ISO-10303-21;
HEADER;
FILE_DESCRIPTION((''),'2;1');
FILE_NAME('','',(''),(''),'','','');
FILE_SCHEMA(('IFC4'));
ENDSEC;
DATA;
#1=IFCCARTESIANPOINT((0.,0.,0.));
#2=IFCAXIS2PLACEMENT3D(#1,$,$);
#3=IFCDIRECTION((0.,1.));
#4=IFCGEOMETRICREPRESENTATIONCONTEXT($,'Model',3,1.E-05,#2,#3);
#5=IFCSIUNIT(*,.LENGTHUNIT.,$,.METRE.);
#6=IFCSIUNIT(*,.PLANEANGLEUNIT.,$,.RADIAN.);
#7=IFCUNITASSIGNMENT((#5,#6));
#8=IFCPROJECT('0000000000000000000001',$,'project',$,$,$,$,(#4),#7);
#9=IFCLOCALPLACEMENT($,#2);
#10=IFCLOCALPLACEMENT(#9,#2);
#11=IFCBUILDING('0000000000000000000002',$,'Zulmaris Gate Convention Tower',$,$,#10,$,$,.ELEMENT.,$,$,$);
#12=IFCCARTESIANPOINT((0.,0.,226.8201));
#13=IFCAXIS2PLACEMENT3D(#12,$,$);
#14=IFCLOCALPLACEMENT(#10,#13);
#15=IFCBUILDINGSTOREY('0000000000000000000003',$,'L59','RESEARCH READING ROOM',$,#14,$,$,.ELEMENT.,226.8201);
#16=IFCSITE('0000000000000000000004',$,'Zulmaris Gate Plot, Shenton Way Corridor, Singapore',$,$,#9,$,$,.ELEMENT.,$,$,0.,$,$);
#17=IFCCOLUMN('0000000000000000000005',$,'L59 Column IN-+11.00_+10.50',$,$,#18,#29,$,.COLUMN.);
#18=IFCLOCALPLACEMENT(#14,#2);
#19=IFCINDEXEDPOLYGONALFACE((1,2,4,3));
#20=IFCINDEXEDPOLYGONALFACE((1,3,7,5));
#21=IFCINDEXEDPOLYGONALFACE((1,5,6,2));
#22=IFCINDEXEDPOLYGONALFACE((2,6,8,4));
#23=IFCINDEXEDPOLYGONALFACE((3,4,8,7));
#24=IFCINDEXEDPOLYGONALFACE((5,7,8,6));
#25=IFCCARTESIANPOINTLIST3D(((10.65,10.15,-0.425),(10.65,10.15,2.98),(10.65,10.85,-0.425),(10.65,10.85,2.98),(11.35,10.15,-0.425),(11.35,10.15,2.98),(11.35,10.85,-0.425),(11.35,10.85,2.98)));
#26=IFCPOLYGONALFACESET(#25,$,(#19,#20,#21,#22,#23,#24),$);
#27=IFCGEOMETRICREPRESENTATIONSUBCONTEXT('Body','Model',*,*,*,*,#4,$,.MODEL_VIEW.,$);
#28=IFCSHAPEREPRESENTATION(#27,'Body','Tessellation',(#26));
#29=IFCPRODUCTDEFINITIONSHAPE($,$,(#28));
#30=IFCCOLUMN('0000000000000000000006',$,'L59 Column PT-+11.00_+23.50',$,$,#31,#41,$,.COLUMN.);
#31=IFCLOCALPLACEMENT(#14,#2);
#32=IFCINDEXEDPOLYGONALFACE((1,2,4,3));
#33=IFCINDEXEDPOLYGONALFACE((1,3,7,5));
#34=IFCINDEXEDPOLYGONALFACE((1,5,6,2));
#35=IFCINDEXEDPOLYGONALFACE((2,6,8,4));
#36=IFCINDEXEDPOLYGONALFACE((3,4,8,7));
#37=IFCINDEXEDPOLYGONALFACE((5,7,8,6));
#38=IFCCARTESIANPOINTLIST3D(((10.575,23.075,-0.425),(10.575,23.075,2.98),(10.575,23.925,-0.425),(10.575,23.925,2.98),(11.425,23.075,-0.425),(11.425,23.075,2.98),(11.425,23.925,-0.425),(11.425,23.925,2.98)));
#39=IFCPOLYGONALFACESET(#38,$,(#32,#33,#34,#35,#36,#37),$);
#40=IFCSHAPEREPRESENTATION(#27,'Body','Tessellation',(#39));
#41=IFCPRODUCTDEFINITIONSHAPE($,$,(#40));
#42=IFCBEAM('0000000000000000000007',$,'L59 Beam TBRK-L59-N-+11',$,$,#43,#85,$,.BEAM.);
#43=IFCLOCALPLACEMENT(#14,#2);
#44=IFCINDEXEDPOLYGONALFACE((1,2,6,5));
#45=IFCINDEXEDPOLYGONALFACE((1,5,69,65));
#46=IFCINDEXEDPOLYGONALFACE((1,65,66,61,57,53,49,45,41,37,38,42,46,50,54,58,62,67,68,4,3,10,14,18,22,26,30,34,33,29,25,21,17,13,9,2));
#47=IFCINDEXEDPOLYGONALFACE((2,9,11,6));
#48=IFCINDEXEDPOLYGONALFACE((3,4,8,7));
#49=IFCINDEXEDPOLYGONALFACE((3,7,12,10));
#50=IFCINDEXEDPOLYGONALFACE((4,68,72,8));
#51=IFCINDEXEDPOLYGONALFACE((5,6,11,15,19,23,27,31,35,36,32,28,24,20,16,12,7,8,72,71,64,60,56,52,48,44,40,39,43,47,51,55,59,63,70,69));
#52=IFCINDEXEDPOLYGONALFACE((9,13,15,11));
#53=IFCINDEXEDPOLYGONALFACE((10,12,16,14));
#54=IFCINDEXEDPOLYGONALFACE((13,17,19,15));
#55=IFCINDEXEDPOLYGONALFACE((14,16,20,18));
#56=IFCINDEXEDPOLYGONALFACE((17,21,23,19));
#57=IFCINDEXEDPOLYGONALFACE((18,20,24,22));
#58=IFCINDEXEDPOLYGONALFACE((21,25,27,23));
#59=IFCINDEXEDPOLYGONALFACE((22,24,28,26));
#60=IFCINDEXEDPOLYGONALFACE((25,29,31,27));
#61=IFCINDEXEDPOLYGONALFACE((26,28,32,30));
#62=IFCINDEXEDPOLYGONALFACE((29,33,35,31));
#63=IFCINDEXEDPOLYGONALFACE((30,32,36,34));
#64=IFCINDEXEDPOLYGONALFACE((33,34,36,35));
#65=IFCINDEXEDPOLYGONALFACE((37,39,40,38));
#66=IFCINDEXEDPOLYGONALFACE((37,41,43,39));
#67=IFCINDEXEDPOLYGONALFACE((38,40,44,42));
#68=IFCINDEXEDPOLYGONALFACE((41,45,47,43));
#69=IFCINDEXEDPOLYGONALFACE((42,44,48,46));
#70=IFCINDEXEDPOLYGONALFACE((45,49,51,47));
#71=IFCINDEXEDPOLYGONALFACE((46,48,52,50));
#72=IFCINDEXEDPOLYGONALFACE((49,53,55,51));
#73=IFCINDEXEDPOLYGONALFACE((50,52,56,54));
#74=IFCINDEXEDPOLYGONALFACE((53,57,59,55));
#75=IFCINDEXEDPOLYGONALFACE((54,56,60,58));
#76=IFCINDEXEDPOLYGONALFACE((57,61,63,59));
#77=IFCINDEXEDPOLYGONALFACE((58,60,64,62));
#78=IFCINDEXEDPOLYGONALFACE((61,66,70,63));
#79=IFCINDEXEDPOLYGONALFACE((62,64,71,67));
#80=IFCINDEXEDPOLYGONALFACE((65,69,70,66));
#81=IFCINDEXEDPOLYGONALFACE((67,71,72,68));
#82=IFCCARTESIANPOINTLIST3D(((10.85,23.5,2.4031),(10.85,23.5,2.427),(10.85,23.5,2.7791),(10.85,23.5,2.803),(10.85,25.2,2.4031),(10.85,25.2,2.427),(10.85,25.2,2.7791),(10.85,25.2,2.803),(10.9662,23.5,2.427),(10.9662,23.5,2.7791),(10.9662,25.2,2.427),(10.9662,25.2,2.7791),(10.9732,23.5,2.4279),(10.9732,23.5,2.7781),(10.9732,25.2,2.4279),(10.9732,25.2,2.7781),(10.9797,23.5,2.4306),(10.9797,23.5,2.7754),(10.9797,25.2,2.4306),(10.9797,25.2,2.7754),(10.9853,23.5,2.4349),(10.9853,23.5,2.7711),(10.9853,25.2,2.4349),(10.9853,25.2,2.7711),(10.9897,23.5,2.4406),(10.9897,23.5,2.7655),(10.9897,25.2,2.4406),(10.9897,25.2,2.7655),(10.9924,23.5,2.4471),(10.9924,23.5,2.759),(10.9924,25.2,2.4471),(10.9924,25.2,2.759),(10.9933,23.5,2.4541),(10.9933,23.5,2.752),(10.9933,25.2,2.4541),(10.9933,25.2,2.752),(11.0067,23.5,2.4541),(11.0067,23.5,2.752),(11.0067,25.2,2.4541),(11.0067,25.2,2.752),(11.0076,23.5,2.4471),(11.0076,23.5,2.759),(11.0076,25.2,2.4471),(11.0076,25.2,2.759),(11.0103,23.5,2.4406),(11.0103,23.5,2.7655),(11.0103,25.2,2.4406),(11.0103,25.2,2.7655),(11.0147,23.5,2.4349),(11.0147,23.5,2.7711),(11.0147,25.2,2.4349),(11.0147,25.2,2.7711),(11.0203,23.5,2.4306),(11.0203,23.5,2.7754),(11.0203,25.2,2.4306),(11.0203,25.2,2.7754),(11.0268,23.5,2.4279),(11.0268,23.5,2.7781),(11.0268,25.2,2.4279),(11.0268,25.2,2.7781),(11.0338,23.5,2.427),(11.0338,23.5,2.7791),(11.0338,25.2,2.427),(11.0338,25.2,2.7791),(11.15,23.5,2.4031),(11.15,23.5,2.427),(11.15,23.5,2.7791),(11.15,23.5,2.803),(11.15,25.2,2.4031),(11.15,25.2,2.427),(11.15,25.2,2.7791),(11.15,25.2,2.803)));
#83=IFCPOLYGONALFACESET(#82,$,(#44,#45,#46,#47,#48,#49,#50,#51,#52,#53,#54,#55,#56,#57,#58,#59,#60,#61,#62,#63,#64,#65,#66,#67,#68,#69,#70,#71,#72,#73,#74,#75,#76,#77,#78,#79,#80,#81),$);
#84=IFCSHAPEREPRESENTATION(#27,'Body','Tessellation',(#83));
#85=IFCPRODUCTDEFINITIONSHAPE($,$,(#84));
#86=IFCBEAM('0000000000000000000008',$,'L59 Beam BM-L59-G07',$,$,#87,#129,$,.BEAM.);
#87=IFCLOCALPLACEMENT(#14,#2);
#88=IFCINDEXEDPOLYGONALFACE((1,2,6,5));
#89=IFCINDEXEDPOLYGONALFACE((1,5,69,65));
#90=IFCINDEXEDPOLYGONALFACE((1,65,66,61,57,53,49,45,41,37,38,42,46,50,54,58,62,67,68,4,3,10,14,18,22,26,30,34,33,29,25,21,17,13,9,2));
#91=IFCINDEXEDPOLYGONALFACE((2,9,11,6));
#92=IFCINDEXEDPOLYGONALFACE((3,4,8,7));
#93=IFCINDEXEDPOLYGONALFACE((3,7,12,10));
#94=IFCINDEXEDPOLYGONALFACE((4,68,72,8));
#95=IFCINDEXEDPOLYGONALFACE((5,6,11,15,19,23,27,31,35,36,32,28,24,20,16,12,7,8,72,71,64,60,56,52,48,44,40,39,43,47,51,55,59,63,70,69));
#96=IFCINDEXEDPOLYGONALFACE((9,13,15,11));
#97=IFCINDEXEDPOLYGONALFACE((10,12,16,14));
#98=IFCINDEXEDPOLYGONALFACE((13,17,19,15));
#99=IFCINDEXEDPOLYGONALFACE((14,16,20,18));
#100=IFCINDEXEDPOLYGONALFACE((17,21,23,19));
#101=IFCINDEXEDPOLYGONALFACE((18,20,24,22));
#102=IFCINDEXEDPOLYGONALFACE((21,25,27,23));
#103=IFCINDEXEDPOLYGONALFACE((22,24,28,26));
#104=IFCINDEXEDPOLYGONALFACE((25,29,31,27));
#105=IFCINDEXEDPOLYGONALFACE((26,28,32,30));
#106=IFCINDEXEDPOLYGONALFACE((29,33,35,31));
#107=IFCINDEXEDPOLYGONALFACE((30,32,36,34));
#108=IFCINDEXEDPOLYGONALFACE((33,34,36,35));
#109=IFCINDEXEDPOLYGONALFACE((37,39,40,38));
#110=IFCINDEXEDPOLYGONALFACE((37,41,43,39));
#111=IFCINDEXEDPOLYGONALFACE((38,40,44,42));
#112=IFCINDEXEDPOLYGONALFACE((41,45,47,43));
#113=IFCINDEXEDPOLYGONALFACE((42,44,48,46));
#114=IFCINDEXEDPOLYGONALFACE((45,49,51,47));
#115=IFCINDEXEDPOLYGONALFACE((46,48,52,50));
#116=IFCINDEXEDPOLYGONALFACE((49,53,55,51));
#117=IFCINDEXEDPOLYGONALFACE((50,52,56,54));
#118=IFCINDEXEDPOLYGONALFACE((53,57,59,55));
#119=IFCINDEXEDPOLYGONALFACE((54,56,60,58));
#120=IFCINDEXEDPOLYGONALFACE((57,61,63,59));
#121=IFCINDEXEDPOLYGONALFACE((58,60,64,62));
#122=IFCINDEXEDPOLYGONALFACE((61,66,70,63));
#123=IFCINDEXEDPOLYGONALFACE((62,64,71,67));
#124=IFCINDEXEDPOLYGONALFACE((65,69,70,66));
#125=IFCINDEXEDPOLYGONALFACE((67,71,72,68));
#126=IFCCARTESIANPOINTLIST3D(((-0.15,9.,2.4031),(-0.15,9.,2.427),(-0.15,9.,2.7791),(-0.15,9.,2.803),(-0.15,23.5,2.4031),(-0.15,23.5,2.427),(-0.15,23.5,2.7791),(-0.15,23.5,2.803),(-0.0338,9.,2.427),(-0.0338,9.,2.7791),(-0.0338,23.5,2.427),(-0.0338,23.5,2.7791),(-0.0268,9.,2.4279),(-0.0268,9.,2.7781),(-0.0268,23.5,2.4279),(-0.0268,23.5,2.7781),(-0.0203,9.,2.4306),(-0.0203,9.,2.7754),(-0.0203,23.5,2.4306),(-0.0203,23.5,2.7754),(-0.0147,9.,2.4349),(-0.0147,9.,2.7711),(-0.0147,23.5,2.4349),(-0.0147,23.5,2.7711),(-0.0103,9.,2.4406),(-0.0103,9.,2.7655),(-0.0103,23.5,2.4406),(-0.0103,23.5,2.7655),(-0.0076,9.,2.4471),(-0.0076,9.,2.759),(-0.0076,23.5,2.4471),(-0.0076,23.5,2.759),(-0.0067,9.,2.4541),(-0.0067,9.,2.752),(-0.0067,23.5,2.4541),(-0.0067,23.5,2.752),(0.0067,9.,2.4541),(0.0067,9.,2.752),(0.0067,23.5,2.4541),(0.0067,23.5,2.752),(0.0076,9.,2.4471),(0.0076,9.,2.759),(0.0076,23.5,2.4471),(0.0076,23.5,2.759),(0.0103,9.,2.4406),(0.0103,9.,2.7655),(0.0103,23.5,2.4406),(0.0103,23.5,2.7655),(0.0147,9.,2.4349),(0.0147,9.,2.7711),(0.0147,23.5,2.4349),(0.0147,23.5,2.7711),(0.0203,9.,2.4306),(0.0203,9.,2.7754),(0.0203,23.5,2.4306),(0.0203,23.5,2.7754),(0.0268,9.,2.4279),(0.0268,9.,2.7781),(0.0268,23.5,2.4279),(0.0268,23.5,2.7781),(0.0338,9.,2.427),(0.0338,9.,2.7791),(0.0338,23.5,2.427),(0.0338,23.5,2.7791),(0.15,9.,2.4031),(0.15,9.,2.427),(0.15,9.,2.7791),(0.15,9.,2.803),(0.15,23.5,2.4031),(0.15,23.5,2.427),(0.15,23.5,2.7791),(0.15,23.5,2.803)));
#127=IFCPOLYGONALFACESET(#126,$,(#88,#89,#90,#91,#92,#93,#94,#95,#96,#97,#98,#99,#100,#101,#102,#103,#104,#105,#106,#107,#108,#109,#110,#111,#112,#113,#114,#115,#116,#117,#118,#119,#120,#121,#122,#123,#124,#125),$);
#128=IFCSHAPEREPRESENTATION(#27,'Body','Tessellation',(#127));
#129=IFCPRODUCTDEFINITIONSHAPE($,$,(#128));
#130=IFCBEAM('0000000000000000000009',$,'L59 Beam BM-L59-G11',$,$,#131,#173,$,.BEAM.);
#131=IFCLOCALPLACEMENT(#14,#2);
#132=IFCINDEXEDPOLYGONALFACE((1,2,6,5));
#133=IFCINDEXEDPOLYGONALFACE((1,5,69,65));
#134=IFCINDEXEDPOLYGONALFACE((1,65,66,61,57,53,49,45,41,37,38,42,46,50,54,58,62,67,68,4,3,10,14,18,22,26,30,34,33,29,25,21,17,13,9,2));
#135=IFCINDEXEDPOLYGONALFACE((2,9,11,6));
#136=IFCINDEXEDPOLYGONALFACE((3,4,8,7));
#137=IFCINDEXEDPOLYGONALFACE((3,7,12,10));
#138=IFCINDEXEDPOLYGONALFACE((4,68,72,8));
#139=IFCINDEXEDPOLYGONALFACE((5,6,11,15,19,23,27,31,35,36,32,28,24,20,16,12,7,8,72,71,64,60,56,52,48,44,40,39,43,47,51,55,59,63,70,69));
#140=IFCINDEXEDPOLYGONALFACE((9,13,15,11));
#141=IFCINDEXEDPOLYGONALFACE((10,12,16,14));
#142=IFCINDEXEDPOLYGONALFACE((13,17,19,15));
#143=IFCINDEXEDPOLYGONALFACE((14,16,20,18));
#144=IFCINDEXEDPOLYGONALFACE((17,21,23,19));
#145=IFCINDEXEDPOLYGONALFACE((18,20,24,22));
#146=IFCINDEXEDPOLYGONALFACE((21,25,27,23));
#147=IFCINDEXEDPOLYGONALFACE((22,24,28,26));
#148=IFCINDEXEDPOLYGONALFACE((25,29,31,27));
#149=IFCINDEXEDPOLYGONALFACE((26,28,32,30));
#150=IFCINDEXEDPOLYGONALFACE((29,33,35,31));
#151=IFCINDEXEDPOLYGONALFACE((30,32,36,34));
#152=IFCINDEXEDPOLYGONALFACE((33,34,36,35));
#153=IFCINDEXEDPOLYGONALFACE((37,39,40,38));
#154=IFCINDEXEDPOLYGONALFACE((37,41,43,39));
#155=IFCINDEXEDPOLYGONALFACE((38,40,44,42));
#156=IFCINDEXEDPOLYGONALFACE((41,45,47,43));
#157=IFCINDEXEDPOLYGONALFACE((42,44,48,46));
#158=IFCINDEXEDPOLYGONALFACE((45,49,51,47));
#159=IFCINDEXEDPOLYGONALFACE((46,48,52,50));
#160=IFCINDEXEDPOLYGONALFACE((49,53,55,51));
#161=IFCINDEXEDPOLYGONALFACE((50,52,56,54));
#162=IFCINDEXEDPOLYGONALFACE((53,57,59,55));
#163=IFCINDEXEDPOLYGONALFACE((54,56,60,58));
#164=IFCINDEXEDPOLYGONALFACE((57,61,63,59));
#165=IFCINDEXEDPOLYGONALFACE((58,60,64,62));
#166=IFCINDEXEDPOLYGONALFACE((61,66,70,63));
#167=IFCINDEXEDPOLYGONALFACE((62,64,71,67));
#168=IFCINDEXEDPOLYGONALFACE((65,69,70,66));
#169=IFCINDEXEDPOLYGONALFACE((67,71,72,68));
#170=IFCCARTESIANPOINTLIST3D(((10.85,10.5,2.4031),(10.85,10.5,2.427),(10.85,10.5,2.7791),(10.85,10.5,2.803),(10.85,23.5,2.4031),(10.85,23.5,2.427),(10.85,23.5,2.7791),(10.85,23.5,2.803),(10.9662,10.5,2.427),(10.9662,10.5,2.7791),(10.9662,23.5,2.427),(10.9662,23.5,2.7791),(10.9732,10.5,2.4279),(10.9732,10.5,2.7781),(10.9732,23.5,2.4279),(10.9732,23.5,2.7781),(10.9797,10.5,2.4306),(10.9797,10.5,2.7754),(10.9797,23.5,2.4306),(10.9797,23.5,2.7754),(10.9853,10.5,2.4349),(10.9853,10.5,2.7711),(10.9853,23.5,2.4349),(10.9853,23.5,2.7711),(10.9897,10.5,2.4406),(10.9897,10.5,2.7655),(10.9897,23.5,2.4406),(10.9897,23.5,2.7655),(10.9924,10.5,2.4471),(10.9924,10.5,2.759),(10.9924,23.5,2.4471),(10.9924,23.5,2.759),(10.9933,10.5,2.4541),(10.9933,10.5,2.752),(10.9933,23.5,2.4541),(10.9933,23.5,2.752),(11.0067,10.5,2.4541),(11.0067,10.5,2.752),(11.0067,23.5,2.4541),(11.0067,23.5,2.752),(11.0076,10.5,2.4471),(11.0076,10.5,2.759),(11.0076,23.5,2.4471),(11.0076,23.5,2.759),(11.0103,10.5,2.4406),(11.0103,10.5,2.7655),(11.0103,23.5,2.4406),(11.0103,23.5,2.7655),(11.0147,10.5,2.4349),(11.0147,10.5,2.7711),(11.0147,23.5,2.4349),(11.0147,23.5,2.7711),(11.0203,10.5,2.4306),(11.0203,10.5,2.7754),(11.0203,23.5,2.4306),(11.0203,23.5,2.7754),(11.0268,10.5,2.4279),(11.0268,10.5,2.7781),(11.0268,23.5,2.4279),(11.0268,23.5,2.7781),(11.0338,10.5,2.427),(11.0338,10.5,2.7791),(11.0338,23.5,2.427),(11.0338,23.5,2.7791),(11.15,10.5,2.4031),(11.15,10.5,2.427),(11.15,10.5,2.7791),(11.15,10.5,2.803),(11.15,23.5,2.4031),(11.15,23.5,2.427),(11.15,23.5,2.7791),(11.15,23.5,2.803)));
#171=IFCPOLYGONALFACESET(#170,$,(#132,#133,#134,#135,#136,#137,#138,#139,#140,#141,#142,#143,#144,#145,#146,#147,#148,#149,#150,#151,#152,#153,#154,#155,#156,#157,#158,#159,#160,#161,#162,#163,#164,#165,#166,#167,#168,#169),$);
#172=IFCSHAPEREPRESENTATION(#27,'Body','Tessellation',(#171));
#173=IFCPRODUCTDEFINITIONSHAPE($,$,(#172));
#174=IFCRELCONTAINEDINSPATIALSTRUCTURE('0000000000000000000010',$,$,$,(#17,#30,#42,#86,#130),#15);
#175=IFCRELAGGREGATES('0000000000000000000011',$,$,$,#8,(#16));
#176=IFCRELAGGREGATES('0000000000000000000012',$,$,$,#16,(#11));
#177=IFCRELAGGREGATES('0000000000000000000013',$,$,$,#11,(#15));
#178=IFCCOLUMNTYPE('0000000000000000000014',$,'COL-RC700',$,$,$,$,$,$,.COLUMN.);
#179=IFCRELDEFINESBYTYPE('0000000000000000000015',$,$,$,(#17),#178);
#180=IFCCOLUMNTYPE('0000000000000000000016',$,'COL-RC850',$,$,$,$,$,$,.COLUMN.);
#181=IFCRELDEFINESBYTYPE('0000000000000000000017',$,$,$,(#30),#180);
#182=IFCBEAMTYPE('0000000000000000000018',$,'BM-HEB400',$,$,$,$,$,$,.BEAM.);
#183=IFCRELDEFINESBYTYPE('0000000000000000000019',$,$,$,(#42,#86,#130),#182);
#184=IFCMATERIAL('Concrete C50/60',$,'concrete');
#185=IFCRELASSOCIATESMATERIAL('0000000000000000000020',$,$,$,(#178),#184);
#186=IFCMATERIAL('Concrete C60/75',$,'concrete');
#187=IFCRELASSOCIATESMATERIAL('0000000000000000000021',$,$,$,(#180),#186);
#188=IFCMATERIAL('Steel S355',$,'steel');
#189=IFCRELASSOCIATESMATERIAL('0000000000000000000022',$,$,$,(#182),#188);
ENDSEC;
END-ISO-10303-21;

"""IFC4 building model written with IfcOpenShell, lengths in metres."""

from ifc_helpers import new_model, si_unit, direction, frame, origin, origin_2d, place, context, subcontext, project, spatial, rectangle, i_section, extrude, material, material_profile, profile_set, type_object, element, save


model = new_model("IFC4")

# Units and contexts
model_context = context("Model", 3, precision=1e-05, world=origin(), true_north=direction((0.0, 1.0)))
body_context = subcontext(model_context, "Body", "Model", "MODEL_VIEW")
ifc_project = project(units=[si_unit("LENGTHUNIT", "METRE"), si_unit("PLANEANGLEUNIT", "RADIAN")], contexts=[model_context])

# Site, building, storey
site_placement = place(None, origin())
site = spatial("IfcSite", under=ifc_project, at=site_placement, Name="Zulmaris Gate Plot, Shenton Way Corridor, Singapore", CompositionType="ELEMENT", RefElevation=0.0)
building_placement = place(site_placement, origin())
building = spatial("IfcBuilding", under=site, at=building_placement, Name="Zulmaris Gate Convention Tower", CompositionType="ELEMENT")
storey_placement = place(building_placement, frame((0.0, 0.0, 226.8201)))
storey = spatial("IfcBuildingStorey", under=building, at=storey_placement, Name="L59", Description="RESEARCH READING ROOM", CompositionType="ELEMENT", Elevation=226.8201)

# Columns
ifc_material_1 = material(Name="Concrete C50/60", Category="concrete")
ifc_material_profile_1 = material_profile(ifc_material_1, rectangle(XDim=0.7, YDim=0.7, at=origin_2d()), Name="RC COL 700x700")
ifc_profile_set_1 = profile_set([ifc_material_profile_1], Name="Concrete C50/60")
column_type_1 = type_object("IfcColumnType", Name="COL-RC700", PredefinedType="COLUMN", material=ifc_profile_set_1)
column_1_placement = place(storey_placement, frame((11.0, 10.5, -0.425), z_axis=(0.0, 0.0, 1.0), x_axis=(1.0, 0.0, 0.0)))
element("IfcColumn", 1, at=column_1_placement, inside=storey, type_object=column_type_1, Name="L59 Column IN-+11.00_+10.50", PredefinedType="COLUMN", context=body_context, shape_type="SweptSolid", body=[
    extrude(rectangle(XDim=0.7, YDim=0.7, at=origin_2d()), origin(), (0.0, 0.0, 1.0), 3.405),
])
ifc_material_2 = material(Name="Concrete C60/75", Category="concrete")
ifc_material_profile_2 = material_profile(ifc_material_2, rectangle(XDim=0.8501, YDim=0.8501, at=origin_2d()), Name="RC COL 850x850")
ifc_profile_set_2 = profile_set([ifc_material_profile_2], Name="Concrete C60/75")
column_type_2 = type_object("IfcColumnType", Name="COL-RC850", PredefinedType="COLUMN", material=ifc_profile_set_2)
column_2_placement = place(storey_placement, frame((11.0, 23.5, -0.425), z_axis=(0.0, 0.0, 1.0), x_axis=(1.0, 0.0, 0.0)))
element("IfcColumn", 2, at=column_2_placement, inside=storey, type_object=column_type_2, Name="L59 Column PT-+11.00_+23.50", PredefinedType="COLUMN", context=body_context, shape_type="SweptSolid", body=[
    extrude(rectangle(XDim=0.8501, YDim=0.8501, at=origin_2d()), origin(), (0.0, 0.0, 1.0), 3.405),
])

# Beams
ifc_material_3 = material(Name="Steel S355", Category="steel")
ifc_material_profile_3 = material_profile(ifc_material_3, i_section(OverallWidth=0.3, OverallDepth=0.3999, WebThickness=0.0134, FlangeThickness=0.0239, FilletRadius=0.0271, at=origin_2d()), Name="HEB 400")
ifc_profile_set_3 = profile_set([ifc_material_profile_3], Name="Steel S355")
beam_type_1 = type_object("IfcBeamType", Name="BM-HEB400", PredefinedType="BEAM", material=ifc_profile_set_3)
beam_1_placement = place(storey_placement, frame((11.0, 23.5, 2.603), z_axis=(0.0, 1.0, 0.0), x_axis=(-1.0, 0.0, 0.0)))
element("IfcBeam", 3, at=beam_1_placement, inside=storey, type_object=beam_type_1, Name="L59 Beam TBRK-L59-N-+11", PredefinedType="BEAM", context=body_context, shape_type="SweptSolid", body=[
    extrude(i_section(OverallWidth=0.3, OverallDepth=0.3999, WebThickness=0.0134, FlangeThickness=0.0239, FilletRadius=0.0271, at=origin_2d()), origin(), (0.0, 0.0, 1.0), 1.7),
])
beam_2_placement = place(storey_placement, frame((0.0, 9.0, 2.603), z_axis=(0.0, 1.0, 0.0), x_axis=(-1.0, 0.0, 0.0)))
element("IfcBeam", 4, at=beam_2_placement, inside=storey, type_object=beam_type_1, Name="L59 Beam BM-L59-G07", PredefinedType="BEAM", context=body_context, shape_type="SweptSolid", body=[
    extrude(i_section(OverallWidth=0.3, OverallDepth=0.3999, WebThickness=0.0134, FlangeThickness=0.0239, FilletRadius=0.0271, at=origin_2d()), origin(), (0.0, 0.0, 1.0), 14.5),
])
beam_3_placement = place(storey_placement, frame((11.0, 10.5, 2.603), z_axis=(0.0, 1.0, 0.0), x_axis=(-1.0, 0.0, 0.0)))
element("IfcBeam", 5, at=beam_3_placement, inside=storey, type_object=beam_type_1, Name="L59 Beam BM-L59-G11", PredefinedType="BEAM", context=body_context, shape_type="SweptSolid", body=[
    extrude(i_section(OverallWidth=0.3, OverallDepth=0.3999, WebThickness=0.0134, FlangeThickness=0.0239, FilletRadius=0.0271, at=origin_2d()), origin(), (0.0, 0.0, 1.0), 13.0),
])

save(model, "model.ifc")
